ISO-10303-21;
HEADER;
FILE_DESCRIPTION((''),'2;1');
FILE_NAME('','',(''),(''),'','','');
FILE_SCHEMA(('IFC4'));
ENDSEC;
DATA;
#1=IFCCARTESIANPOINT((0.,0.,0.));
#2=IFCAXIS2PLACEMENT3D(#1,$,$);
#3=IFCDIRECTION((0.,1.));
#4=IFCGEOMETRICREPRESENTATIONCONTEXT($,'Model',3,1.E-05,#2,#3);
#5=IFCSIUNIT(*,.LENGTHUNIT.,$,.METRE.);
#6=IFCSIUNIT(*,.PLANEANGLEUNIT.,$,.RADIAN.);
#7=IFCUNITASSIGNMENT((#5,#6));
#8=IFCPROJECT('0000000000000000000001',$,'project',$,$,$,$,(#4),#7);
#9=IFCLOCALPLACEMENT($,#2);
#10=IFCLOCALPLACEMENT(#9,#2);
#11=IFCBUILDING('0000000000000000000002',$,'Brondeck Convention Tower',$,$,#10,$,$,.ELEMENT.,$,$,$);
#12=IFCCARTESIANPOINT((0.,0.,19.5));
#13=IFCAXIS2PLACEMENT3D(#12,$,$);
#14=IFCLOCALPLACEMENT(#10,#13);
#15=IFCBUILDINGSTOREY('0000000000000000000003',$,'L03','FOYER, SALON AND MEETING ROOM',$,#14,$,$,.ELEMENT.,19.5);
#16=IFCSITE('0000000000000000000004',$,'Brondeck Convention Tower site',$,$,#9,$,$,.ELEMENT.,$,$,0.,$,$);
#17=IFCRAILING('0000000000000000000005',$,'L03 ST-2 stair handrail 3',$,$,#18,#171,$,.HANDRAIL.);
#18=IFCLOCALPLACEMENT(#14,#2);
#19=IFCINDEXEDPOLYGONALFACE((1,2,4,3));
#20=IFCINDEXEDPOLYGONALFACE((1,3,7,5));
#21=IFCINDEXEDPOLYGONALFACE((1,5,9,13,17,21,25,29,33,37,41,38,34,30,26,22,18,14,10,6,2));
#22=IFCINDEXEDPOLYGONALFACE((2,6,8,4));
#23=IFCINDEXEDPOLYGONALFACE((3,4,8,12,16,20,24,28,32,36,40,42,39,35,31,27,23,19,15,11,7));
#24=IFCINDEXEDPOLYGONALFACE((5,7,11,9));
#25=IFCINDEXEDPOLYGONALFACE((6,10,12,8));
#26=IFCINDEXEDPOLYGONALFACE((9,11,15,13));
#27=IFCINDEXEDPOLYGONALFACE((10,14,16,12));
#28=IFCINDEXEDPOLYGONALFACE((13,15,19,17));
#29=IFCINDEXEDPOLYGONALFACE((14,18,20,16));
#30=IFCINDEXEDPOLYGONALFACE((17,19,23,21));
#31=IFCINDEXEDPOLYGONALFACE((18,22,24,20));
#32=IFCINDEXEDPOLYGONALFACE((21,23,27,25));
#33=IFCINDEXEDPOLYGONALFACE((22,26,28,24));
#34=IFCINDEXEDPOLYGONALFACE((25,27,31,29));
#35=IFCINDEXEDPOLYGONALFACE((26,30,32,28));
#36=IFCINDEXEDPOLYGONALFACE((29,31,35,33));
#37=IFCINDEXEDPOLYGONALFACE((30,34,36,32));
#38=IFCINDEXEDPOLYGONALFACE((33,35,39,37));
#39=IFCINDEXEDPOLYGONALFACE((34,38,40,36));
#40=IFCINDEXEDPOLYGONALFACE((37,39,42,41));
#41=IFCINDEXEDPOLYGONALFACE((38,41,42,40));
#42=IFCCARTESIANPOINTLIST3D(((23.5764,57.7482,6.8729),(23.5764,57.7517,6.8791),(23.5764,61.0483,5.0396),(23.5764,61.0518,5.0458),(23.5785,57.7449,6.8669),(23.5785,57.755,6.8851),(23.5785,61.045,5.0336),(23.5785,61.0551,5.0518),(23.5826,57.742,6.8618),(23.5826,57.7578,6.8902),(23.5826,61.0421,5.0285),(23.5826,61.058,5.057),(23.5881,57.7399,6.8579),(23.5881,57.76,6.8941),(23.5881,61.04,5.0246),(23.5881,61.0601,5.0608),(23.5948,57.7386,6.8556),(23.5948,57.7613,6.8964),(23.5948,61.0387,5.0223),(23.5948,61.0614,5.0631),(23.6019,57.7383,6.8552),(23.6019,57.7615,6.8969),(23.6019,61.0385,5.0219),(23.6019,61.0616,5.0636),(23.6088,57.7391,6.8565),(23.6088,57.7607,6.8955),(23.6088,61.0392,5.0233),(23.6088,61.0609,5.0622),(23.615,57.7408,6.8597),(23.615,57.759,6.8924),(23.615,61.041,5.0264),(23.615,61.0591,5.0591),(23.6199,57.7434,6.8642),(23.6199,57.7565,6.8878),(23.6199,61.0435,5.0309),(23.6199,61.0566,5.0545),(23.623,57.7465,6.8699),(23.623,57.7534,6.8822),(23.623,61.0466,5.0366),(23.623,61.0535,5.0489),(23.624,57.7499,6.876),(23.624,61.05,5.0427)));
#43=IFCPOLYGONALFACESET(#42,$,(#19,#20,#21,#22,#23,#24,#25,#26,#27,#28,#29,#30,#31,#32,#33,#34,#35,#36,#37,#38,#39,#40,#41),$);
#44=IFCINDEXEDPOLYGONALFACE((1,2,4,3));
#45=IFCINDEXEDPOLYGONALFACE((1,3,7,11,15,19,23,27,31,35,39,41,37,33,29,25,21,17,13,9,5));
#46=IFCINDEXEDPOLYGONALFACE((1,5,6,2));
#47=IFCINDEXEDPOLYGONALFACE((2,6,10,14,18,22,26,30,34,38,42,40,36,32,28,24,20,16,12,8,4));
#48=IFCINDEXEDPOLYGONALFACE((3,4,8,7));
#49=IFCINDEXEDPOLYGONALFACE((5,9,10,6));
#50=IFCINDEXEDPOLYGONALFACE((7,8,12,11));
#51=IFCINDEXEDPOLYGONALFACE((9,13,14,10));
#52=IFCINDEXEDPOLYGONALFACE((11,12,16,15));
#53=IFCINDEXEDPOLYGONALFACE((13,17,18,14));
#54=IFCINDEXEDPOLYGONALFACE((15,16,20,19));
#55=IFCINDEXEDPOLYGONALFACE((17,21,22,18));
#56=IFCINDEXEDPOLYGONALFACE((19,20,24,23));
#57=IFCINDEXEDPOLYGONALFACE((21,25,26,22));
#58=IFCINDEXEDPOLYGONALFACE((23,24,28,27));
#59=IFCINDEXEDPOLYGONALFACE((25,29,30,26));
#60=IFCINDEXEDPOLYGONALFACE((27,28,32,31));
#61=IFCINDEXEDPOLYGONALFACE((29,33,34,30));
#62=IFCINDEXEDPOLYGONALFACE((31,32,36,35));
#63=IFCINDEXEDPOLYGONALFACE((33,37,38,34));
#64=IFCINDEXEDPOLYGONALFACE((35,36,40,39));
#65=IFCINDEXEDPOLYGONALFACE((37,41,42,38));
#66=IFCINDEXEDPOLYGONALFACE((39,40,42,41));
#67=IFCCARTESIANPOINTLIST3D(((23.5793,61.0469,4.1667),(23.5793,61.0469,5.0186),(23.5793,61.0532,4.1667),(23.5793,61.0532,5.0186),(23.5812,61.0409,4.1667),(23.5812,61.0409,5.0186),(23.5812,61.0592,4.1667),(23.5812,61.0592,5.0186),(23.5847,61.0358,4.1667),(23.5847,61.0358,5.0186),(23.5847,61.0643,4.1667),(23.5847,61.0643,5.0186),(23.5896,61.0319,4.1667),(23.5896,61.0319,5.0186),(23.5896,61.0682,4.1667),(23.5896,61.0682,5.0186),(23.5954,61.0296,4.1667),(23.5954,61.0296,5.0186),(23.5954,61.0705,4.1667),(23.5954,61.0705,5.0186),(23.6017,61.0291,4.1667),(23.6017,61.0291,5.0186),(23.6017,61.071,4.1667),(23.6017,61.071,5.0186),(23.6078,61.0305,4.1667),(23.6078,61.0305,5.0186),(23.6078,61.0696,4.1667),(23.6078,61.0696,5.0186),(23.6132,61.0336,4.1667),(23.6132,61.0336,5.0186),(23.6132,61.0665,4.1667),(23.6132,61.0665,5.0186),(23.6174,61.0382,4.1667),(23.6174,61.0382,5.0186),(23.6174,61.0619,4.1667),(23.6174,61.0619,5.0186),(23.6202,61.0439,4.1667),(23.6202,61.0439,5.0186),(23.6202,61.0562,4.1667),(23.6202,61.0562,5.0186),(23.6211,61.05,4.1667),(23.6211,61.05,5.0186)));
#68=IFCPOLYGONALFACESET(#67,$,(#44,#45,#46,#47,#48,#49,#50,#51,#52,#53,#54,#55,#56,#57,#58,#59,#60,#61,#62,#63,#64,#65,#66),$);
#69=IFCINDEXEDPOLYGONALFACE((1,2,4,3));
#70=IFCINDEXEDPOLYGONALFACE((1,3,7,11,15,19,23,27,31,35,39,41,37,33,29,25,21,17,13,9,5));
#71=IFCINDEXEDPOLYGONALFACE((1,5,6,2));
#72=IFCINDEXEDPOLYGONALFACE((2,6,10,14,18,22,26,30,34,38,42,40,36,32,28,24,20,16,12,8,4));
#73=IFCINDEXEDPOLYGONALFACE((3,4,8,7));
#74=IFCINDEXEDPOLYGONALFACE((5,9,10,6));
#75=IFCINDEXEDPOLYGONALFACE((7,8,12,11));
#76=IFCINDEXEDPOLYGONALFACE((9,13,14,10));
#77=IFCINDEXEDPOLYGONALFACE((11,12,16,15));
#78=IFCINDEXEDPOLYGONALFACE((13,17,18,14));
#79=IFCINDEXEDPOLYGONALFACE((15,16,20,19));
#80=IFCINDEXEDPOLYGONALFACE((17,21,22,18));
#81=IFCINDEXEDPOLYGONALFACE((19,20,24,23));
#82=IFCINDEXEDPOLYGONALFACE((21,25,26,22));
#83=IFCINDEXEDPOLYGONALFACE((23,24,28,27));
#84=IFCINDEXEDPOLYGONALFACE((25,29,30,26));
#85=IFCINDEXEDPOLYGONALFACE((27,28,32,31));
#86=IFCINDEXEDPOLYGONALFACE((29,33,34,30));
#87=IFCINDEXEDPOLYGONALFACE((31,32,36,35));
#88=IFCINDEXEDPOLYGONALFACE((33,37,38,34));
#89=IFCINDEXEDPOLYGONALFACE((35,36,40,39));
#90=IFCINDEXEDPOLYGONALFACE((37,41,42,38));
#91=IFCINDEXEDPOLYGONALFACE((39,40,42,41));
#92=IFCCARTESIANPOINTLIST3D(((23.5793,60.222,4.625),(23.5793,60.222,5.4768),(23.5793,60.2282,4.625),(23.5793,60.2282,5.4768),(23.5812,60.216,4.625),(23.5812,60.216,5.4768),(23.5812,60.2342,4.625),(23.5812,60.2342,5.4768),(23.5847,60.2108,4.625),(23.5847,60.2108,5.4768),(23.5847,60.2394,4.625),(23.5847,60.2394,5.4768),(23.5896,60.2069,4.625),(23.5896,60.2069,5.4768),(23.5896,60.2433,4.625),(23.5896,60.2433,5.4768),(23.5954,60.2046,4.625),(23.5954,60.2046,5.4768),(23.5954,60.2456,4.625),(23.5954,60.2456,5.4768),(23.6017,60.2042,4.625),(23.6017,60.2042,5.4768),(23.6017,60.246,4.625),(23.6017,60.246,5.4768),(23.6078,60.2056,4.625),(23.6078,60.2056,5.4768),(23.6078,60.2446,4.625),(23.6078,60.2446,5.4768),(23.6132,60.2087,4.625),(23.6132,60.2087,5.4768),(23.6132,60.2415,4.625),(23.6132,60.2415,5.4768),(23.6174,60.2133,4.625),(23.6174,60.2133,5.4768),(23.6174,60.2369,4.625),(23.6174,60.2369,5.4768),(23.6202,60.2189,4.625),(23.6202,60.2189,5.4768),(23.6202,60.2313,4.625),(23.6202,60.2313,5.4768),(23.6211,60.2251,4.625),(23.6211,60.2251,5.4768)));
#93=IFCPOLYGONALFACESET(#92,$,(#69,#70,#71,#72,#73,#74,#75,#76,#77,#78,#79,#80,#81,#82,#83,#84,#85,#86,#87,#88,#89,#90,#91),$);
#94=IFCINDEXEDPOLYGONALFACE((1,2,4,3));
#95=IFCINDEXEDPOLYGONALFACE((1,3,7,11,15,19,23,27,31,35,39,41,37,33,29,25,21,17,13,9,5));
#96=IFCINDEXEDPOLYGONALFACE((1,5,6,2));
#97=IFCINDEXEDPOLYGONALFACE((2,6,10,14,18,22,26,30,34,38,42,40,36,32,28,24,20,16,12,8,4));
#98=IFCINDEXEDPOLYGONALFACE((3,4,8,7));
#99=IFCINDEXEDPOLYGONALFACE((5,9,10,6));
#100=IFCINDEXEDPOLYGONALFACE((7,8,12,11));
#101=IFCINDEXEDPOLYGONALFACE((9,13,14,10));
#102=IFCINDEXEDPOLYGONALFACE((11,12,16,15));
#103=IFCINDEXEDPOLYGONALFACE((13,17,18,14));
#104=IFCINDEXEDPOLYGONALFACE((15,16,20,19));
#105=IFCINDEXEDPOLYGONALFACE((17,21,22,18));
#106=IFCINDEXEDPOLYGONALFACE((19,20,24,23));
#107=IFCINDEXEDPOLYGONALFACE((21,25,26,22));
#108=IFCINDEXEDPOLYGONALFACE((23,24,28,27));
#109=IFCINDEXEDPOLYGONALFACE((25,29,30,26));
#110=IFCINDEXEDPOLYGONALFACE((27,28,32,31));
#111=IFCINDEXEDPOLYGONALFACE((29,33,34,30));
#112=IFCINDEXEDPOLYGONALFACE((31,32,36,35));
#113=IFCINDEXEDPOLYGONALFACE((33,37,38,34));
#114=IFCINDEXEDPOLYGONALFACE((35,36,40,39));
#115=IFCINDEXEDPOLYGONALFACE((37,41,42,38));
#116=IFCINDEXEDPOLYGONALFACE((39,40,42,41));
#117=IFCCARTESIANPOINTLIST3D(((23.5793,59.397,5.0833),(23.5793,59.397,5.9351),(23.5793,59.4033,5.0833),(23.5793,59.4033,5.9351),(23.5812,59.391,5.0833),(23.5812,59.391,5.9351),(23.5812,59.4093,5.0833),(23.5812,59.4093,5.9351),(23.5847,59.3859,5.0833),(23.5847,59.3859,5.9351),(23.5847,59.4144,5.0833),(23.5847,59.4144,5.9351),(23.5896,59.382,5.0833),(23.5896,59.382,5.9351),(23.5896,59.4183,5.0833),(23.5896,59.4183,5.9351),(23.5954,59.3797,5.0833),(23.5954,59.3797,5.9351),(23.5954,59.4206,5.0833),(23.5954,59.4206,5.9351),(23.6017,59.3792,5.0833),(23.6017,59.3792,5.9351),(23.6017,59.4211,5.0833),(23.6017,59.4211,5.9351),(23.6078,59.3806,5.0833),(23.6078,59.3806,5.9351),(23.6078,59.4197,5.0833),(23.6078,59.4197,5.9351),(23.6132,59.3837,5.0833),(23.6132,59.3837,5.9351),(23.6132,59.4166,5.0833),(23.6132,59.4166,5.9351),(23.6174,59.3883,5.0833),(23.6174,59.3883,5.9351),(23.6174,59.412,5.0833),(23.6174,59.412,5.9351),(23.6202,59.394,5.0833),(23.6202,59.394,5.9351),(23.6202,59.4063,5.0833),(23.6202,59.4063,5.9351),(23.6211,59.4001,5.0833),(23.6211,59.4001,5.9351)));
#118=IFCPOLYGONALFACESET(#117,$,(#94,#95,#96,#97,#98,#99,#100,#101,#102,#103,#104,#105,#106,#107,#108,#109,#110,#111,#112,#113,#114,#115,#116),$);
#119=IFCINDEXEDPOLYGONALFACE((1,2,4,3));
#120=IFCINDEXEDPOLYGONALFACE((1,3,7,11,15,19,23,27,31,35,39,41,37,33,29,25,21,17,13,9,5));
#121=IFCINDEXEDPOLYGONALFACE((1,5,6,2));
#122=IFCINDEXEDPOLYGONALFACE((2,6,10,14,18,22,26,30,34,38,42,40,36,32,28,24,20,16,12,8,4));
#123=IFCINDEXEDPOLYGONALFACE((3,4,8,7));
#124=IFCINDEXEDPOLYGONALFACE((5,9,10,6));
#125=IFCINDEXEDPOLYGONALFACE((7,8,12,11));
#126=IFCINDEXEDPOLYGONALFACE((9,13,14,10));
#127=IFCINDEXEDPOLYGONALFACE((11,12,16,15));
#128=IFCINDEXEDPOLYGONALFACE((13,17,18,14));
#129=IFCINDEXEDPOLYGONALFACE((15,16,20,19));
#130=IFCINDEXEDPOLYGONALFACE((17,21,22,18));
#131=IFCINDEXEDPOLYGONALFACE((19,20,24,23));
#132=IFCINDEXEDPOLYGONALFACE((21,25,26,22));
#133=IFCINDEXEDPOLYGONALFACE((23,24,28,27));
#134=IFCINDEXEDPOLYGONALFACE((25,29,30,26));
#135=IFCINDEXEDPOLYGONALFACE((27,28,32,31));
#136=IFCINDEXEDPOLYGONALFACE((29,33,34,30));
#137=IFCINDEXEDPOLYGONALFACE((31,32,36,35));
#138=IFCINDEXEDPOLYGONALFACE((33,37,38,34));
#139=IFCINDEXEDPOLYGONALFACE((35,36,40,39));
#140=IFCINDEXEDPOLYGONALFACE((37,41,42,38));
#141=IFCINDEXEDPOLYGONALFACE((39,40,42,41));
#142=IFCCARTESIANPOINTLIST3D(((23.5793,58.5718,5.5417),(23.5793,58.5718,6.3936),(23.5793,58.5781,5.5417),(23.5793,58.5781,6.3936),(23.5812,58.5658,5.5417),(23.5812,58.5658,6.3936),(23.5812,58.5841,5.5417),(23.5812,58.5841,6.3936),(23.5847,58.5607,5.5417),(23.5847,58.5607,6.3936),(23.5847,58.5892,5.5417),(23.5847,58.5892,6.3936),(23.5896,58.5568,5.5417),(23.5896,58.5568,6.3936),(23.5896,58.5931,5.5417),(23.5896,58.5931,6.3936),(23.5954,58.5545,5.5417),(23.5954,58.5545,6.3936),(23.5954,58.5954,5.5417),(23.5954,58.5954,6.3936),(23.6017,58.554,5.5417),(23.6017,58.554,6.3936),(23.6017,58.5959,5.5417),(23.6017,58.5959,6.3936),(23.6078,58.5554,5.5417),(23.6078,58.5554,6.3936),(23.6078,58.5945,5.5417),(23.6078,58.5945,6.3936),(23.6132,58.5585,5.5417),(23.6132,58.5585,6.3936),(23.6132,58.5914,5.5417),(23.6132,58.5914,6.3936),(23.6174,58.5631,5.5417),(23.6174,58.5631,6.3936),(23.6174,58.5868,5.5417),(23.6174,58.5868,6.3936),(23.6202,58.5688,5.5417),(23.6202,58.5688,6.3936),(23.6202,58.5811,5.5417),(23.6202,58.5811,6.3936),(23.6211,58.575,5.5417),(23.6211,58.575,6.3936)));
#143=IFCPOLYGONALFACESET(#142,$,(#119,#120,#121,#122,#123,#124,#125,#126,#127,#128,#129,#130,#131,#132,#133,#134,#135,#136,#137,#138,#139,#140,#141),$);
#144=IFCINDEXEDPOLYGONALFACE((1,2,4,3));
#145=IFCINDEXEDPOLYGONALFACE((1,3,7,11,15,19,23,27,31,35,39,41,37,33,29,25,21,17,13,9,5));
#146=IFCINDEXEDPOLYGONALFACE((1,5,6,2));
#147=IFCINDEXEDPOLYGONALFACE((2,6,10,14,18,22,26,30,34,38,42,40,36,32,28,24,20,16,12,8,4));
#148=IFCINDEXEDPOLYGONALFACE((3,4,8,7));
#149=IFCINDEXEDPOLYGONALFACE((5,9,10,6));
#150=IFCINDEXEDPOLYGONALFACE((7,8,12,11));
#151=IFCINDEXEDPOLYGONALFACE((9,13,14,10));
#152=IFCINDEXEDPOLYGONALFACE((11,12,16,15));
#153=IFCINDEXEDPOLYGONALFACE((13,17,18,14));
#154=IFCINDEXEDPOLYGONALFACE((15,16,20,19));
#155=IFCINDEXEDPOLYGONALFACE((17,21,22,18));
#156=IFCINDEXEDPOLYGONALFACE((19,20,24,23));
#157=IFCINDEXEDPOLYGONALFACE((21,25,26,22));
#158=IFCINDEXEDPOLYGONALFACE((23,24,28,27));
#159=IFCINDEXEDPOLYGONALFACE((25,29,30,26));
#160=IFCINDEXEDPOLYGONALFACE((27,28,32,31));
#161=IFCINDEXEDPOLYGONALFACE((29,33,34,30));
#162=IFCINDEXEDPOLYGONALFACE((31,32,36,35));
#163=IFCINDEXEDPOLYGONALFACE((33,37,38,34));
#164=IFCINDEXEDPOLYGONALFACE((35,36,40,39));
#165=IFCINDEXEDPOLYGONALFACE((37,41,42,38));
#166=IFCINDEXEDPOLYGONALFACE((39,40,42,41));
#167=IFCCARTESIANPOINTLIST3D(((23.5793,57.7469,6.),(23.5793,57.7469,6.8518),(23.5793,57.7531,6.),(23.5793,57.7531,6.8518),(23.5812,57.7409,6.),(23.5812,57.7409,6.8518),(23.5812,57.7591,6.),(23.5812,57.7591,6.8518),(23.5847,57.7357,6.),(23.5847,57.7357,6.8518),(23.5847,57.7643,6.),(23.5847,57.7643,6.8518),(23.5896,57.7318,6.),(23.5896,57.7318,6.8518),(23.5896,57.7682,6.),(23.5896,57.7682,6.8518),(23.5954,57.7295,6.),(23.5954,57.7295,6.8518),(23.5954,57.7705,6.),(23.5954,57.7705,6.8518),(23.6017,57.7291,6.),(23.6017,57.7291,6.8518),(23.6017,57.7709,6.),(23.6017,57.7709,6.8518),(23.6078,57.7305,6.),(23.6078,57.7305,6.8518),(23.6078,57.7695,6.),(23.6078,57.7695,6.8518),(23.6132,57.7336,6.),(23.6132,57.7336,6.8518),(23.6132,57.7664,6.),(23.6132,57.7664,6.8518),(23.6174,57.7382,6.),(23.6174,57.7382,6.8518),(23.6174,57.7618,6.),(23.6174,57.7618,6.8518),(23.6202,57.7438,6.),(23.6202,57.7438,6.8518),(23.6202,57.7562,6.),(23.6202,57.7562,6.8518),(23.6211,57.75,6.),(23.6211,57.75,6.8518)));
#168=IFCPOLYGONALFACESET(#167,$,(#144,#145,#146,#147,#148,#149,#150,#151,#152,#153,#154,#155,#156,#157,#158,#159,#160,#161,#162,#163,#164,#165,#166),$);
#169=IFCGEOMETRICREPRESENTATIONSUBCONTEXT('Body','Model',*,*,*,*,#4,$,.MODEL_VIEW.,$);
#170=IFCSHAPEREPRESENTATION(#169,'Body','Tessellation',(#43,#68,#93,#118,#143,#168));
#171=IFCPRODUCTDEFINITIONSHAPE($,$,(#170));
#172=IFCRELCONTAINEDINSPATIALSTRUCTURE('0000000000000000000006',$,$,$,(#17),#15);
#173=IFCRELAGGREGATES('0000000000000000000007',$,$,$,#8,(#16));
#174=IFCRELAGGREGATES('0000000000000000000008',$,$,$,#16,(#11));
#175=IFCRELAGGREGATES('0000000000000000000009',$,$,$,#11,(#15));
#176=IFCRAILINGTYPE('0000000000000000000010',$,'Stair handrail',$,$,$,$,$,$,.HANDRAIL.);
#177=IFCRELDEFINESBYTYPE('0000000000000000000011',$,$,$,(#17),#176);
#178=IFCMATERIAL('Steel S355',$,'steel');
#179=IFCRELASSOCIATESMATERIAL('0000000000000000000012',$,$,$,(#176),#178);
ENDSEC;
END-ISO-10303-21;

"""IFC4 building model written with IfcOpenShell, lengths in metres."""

from ifc_helpers import new_model, si_unit, direction, frame, origin, origin_2d, place, context, subcontext, project, spatial, circle, extrude, material, type_object, element, save


model = new_model("IFC4")

# Units and contexts
model_context = context("Model", 3, precision=1e-05, world=origin(), true_north=direction((0.0, 1.0)))
body_context = subcontext(model_context, "Body", "Model", "MODEL_VIEW")
ifc_project = project(units=[si_unit("LENGTHUNIT", "METRE"), si_unit("PLANEANGLEUNIT", "RADIAN")], contexts=[model_context])

# Site, building, storey
site_placement = place(None, origin())
site = spatial("IfcSite", under=ifc_project, at=site_placement, Name="Brondeck Convention Tower site", CompositionType="ELEMENT", RefElevation=0.0)
building_placement = place(site_placement, origin())
building = spatial("IfcBuilding", under=site, at=building_placement, Name="Brondeck Convention Tower", CompositionType="ELEMENT")
storey_placement = place(building_placement, frame((0.0, 0.0, 19.5)))
storey = spatial("IfcBuildingStorey", under=building, at=storey_placement, Name="L03", Description="FOYER, SALON AND MEETING ROOM", CompositionType="ELEMENT", Elevation=19.5)

# Shared definitions
ifc_material_1 = material(Name="Steel S355", Category="steel")

# Railing
railing_type_1 = type_object("IfcRailingType", Name="Stair handrail", PredefinedType="HANDRAIL", material=ifc_material_1)
railing_1_placement = place(storey_placement, frame((23.6001, 61.05, 4.1667)))
element("IfcRailing", 1, at=railing_1_placement, inside=storey, type_object=railing_type_1, Name="L03 ST-2 stair handrail 3", PredefinedType="HANDRAIL", context=body_context, shape_type="SweptSolid", body=[
    extrude(circle(Radius=0.0239, at=origin_2d()), frame((0.0, 0.0, 0.876), z_axis=(0.0, -0.874169, 0.485621), x_axis=(1.0, 0.0, 0.0)), (0.0, 0.0, 1.0), 3.7751),
    extrude(circle(Radius=0.021, at=origin_2d()), origin(), (0.0, 0.0, 1.0), 0.8518),
    extrude(circle(Radius=0.021, at=origin_2d()), frame((0.0, -0.825, 0.4583)), (0.0, 0.0, 1.0), 0.8518),
    extrude(circle(Radius=0.021, at=origin_2d()), frame((0.0, -1.6499, 0.9165)), (0.0, 0.0, 1.0), 0.8518),
    extrude(circle(Radius=0.021, at=origin_2d()), frame((0.0, -2.4751, 1.375)), (0.0, 0.0, 1.0), 0.8518),
    extrude(circle(Radius=0.021, at=origin_2d()), frame((0.0, -3.3, 1.8333)), (0.0, 0.0, 1.0), 0.8518),
])

save(model, "model.ifc")
